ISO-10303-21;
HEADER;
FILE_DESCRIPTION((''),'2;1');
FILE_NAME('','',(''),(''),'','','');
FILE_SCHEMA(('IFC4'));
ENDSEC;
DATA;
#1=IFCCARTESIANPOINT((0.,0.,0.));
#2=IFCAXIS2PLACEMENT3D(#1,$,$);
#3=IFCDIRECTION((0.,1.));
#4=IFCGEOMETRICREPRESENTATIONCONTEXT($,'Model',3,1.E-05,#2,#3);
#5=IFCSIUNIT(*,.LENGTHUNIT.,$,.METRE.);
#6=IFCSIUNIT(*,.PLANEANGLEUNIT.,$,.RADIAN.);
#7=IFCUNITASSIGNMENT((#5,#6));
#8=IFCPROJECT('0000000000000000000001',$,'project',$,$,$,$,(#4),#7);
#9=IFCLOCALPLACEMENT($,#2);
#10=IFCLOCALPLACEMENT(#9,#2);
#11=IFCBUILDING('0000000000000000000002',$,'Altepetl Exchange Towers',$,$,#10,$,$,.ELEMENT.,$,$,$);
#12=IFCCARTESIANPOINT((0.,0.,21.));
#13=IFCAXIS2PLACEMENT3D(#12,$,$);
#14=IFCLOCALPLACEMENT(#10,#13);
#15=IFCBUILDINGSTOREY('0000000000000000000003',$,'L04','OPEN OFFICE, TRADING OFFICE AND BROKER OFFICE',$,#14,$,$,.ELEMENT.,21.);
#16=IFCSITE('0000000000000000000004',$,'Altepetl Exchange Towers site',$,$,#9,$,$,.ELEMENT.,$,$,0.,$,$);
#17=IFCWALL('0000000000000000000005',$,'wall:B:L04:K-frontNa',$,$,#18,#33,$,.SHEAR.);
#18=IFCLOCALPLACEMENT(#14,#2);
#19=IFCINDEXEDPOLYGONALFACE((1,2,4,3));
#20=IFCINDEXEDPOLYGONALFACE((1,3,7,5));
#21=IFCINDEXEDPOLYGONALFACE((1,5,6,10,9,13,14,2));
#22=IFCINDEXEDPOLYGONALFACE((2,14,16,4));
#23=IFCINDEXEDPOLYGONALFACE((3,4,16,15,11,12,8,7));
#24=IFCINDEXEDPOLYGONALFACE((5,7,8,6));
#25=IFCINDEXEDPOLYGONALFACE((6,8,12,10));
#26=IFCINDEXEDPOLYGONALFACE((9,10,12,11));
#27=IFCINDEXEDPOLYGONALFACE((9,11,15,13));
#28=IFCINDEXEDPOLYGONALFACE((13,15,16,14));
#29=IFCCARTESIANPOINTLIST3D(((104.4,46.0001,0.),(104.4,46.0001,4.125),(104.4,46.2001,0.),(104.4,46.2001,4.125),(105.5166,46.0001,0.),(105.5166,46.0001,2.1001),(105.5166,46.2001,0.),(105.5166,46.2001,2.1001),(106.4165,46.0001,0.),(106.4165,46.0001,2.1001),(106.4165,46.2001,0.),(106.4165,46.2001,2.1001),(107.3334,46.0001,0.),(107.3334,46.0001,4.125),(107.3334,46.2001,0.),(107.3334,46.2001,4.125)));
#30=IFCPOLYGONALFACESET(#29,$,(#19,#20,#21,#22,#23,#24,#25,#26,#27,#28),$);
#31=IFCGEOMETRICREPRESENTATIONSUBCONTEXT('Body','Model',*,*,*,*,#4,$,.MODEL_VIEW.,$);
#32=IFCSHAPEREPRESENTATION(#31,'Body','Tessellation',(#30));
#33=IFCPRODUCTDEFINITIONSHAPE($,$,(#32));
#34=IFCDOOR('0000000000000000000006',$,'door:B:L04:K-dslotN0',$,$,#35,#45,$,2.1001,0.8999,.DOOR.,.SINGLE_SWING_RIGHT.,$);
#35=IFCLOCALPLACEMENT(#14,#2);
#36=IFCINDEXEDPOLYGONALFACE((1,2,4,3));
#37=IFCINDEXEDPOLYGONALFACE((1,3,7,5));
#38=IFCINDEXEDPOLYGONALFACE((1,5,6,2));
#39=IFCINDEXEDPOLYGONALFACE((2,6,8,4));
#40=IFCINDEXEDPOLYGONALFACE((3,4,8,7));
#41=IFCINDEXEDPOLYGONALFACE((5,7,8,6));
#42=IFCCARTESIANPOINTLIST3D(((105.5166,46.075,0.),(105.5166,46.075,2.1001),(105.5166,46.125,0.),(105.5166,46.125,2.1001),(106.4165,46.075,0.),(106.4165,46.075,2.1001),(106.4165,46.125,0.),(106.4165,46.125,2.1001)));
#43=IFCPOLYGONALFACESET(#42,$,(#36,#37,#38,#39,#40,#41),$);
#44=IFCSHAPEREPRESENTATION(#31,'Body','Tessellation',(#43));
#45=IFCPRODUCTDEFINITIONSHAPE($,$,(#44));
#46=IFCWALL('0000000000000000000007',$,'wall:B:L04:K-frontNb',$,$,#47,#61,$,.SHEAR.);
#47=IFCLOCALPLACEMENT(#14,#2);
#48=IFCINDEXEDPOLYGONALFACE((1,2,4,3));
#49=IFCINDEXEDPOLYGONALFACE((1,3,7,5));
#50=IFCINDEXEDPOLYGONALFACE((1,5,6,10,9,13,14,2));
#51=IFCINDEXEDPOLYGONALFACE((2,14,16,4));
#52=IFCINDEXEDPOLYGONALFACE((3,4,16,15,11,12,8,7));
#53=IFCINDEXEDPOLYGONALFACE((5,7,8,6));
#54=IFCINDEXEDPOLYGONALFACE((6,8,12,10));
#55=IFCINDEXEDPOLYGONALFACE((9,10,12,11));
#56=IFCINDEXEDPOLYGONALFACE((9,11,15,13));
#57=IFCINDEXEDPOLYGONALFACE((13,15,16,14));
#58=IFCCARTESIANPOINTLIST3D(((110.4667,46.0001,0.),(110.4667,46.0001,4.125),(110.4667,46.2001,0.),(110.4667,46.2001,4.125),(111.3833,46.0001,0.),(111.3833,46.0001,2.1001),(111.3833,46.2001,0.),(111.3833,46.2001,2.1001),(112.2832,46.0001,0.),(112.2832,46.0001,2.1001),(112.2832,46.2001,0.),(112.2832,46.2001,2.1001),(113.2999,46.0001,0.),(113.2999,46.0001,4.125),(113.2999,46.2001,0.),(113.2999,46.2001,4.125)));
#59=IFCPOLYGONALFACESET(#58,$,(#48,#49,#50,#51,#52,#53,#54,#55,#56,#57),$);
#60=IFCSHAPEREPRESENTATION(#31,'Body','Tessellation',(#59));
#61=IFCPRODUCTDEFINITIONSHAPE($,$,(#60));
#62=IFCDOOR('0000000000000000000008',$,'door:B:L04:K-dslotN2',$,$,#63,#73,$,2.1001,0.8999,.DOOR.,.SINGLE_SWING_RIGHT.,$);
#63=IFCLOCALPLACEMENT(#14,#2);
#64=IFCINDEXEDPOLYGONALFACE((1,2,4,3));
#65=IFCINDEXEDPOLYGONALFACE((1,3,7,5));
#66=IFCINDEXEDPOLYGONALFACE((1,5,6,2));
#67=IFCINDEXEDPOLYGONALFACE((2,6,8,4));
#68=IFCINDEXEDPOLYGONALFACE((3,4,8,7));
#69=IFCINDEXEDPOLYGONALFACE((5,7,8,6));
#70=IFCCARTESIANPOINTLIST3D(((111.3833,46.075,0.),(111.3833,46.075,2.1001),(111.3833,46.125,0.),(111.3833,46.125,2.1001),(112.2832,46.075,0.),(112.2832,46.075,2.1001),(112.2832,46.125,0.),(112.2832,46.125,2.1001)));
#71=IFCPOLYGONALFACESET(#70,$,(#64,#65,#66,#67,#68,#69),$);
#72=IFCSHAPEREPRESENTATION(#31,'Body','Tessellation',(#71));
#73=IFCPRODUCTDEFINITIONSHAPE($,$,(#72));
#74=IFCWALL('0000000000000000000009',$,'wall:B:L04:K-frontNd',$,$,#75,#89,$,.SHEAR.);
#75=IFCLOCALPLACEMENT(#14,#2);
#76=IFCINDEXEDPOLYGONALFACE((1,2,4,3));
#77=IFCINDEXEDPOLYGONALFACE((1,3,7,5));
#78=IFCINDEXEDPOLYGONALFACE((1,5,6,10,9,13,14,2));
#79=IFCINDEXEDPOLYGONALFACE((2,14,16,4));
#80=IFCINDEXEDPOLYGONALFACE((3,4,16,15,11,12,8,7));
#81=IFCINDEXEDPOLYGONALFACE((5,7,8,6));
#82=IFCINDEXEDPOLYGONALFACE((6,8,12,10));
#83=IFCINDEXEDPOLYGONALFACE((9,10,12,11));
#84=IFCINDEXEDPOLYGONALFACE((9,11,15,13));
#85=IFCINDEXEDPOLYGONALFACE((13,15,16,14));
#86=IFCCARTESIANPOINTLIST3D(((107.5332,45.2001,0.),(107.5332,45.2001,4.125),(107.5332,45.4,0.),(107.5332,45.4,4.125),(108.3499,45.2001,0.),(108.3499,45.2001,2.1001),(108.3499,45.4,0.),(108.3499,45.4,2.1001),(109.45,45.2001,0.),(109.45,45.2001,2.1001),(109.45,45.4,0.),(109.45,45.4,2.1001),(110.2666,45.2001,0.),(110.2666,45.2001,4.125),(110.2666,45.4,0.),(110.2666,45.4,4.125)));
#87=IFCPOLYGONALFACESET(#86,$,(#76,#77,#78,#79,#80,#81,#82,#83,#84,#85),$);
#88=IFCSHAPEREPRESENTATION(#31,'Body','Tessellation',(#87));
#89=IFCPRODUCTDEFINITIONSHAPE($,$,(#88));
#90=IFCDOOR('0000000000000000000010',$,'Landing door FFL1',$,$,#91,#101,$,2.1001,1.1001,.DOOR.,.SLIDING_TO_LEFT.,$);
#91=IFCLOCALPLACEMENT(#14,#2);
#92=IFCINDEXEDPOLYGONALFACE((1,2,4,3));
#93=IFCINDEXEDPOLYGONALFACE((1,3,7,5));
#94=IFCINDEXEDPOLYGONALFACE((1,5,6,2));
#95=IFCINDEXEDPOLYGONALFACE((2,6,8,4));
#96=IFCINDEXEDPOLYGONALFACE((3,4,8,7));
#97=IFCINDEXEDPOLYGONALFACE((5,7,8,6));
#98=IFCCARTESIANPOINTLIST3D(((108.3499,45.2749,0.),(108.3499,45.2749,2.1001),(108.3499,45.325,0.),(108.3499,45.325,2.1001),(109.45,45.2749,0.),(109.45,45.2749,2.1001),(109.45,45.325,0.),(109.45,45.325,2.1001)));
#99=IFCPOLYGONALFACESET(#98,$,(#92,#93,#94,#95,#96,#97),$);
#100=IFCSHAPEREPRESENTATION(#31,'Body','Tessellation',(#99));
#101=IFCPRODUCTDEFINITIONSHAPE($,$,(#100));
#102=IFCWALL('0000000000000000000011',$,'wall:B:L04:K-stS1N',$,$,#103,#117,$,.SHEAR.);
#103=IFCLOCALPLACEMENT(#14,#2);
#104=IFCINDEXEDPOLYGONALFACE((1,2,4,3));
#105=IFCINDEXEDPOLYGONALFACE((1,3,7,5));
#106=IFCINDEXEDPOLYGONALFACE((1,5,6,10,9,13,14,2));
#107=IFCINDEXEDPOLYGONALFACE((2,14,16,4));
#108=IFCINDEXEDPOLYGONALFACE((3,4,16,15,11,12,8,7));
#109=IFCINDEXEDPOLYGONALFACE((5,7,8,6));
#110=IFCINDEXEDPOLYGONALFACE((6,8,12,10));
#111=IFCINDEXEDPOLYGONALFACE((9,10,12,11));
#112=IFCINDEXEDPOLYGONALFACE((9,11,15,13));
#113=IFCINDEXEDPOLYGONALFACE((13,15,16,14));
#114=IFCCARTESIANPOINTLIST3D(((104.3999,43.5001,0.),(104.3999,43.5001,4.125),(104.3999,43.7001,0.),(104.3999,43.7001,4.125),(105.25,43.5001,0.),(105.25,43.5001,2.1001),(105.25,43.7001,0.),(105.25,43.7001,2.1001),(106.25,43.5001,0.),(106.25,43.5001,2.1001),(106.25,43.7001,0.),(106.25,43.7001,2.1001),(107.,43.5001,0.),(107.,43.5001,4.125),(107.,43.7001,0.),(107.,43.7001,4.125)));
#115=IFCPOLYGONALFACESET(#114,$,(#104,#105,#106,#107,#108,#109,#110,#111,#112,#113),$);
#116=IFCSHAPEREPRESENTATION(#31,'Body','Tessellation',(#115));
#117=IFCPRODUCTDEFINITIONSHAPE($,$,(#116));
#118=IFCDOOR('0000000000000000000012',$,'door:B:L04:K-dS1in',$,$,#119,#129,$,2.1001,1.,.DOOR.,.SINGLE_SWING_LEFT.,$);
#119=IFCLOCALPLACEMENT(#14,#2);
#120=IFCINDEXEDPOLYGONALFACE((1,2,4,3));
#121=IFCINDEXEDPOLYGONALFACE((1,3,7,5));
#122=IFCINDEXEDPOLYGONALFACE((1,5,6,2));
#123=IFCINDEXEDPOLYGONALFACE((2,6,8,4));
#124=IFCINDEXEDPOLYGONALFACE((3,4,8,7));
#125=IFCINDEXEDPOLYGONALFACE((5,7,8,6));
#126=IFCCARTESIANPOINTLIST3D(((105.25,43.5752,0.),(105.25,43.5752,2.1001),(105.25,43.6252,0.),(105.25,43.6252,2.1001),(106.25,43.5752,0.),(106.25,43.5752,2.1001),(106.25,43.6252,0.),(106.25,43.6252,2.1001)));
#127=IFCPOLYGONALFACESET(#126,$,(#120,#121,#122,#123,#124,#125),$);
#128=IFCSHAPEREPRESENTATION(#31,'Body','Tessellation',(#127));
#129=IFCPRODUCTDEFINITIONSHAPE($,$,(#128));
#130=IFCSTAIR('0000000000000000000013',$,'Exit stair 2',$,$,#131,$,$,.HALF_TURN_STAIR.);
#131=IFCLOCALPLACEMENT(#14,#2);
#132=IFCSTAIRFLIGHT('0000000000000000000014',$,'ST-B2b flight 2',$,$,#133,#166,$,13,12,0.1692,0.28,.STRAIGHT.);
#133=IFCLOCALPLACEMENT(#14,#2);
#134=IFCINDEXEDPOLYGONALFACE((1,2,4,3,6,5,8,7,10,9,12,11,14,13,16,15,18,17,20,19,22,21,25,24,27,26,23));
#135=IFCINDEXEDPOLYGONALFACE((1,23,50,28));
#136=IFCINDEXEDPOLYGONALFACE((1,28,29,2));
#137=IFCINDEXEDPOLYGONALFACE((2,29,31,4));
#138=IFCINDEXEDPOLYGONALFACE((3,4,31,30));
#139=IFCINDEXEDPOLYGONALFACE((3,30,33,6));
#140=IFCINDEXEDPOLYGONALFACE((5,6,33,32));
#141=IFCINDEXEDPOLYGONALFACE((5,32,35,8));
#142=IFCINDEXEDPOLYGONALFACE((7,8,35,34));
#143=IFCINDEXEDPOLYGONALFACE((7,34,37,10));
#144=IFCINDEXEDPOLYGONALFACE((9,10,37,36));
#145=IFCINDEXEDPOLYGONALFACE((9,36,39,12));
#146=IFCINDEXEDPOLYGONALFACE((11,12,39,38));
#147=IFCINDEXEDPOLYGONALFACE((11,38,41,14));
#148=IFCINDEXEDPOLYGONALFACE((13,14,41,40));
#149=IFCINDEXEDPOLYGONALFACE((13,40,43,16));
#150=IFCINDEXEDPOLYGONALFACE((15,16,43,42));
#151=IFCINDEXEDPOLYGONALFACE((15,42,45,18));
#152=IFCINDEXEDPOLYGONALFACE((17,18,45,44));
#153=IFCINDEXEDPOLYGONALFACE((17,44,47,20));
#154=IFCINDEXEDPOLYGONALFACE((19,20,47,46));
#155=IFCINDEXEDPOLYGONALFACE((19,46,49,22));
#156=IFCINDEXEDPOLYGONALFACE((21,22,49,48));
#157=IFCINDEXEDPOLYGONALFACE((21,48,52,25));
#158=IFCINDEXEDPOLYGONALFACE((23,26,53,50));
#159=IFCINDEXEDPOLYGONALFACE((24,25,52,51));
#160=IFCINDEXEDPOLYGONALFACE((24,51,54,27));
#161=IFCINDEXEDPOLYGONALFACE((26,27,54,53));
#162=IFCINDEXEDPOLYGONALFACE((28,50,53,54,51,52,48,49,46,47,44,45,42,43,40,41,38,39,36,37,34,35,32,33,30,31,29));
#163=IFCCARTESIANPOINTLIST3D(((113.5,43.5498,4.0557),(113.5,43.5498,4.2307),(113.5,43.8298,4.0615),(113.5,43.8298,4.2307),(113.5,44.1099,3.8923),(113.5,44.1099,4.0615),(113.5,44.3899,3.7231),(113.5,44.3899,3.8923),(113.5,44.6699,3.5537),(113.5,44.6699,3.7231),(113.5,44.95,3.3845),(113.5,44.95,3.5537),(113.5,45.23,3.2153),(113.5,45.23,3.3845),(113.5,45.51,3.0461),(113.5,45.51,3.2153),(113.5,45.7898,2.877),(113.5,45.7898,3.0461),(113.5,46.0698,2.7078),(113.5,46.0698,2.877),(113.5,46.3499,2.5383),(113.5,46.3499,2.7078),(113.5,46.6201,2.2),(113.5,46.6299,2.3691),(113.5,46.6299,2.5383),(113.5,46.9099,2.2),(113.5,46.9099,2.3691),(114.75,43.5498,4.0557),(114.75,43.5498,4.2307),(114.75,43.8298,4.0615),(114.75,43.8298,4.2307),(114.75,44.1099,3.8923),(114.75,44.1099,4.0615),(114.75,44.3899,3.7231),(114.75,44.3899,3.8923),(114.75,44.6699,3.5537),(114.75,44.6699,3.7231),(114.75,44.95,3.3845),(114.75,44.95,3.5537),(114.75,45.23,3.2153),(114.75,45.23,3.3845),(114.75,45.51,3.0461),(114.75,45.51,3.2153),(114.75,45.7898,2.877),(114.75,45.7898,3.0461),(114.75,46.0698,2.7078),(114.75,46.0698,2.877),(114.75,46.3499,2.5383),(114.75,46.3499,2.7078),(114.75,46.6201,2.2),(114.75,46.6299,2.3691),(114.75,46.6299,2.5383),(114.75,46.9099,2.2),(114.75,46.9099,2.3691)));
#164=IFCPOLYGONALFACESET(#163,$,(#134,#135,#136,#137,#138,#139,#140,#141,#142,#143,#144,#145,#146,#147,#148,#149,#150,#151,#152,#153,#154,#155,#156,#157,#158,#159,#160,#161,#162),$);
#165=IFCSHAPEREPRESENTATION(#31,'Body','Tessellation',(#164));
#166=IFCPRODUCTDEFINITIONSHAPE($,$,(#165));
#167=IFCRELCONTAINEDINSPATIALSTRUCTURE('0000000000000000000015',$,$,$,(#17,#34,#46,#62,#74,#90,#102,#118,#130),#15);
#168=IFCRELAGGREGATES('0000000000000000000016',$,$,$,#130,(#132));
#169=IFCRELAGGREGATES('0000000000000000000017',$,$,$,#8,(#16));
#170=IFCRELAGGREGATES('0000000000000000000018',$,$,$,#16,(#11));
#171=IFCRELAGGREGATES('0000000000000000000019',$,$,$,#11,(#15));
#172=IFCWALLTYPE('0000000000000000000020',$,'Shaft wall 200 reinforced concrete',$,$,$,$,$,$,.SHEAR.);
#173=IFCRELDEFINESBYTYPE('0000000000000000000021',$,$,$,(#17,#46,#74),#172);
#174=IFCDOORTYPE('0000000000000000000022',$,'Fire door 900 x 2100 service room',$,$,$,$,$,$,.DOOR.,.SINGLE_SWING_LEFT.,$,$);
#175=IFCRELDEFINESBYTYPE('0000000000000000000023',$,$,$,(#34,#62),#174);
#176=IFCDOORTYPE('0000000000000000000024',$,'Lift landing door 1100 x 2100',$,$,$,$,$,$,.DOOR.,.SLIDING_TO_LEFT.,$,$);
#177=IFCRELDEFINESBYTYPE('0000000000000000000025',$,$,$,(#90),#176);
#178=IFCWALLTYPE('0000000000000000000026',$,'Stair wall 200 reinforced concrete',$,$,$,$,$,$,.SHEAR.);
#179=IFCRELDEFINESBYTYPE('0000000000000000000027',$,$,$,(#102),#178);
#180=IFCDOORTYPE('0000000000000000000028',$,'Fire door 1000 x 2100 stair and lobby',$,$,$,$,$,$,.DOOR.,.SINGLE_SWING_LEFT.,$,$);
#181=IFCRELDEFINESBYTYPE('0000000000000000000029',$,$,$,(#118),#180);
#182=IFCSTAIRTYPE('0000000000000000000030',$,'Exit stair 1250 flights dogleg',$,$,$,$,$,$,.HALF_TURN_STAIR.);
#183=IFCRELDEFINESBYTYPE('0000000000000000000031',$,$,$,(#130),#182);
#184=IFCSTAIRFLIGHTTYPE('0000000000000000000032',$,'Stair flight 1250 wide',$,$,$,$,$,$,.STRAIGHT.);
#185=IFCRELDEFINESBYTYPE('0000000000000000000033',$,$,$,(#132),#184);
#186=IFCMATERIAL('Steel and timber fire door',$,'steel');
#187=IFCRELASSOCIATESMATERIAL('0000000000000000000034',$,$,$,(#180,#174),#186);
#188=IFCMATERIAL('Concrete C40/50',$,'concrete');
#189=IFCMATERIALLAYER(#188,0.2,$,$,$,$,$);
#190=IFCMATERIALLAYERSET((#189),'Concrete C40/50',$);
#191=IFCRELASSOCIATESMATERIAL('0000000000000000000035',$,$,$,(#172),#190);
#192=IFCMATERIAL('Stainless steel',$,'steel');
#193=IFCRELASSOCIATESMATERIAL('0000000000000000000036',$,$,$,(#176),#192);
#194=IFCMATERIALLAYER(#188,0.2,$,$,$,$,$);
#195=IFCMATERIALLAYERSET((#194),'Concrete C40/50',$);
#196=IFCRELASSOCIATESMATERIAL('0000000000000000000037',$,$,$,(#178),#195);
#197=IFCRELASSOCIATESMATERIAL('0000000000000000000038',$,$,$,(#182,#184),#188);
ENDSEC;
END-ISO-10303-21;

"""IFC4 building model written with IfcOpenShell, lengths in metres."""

from ifc_helpers import new_model, si_unit, direction, frame, frame_2d, origin, place, context, subcontext, project, spatial, polyline, rectangle, outline, extrude, material, layer, layer_set, type_object, element, fill, aggregate, save


model = new_model("IFC4")

# Units and contexts
model_context = context("Model", 3, precision=1e-05, world=origin(), true_north=direction((0.0, 1.0)))
body_context = subcontext(model_context, "Body", "Model", "MODEL_VIEW")
ifc_project = project(units=[si_unit("LENGTHUNIT", "METRE"), si_unit("PLANEANGLEUNIT", "RADIAN")], contexts=[model_context])

# Site, building, storey
site_placement = place(None, origin())
site = spatial("IfcSite", under=ifc_project, at=site_placement, Name="Altepetl Exchange Towers site", CompositionType="ELEMENT", RefElevation=0.0)
building_placement = place(site_placement, origin())
building = spatial("IfcBuilding", under=site, at=building_placement, Name="Altepetl Exchange Towers", CompositionType="ELEMENT")
storey_placement = place(building_placement, frame((0.0, 0.0, 21.0)))
storey = spatial("IfcBuildingStorey", under=building, at=storey_placement, Name="L04", Description="OPEN OFFICE, TRADING OFFICE AND BROKER OFFICE", CompositionType="ELEMENT", Elevation=21.0)

# Shared definitions
ifc_material_1 = material(Name="Steel and timber fire door", Category="steel")
door_type_1 = type_object("IfcDoorType", Name="Fire door 1000 x 2100 stair and lobby", OperationType="SINGLE_SWING_LEFT", PredefinedType="DOOR", material=ifc_material_1)
door_type_2 = type_object("IfcDoorType", Name="Fire door 900 x 2100 service room", OperationType="SINGLE_SWING_LEFT", PredefinedType="DOOR", material=ifc_material_1)

# Shared definitions
ifc_material_2 = material(Name="Concrete C40/50", Category="concrete")
ifc_layer_1 = layer(ifc_material_2, 0.2)
ifc_layer_set_1 = layer_set([ifc_layer_1], Name="Concrete C40/50")
wall_type_1 = type_object("IfcWallType", Name="Shaft wall 200 reinforced concrete", PredefinedType="SHEAR", material=ifc_layer_set_1)

# Walls, openings, doors
wall_1_placement = place(storey_placement, frame((104.3999, 46.1001, 0.0)))
wall_1 = element("IfcWall", 1, at=wall_1_placement, inside=storey, type_object=wall_type_1, Name="wall:B:L04:K-frontNa", PredefinedType="SHEAR", context=body_context, shape_type="SweptSolid", body=[
    extrude(rectangle(XDim=2.9333, YDim=0.2, at=frame_2d((1.4668, 0.0))), origin(), (0.0, 0.0, 1.0), 4.125),
])
opening_1_placement = place(wall_1_placement, frame((1.1167, 0.0, 0.0)))
opening_1 = element("IfcOpeningElement", 2, at=opening_1_placement, cuts=wall_1, PredefinedType="OPENING", context=body_context, shape_type="SweptSolid", body=[
    extrude(rectangle(XDim=0.8999, YDim=2.1001, at=frame_2d((0.45, 1.05))), frame((0.0, 0.1099, 0.0), z_axis=(0.0, -1.0, 0.0), x_axis=(1.0, 0.0, 0.0)), (0.0, 0.0, 1.0), 0.22),
])
door_1_placement = place(opening_1_placement, origin())
door_1 = element("IfcDoor", 3, at=door_1_placement, inside=storey, type_object=door_type_2, Name="door:B:L04:K-dslotN0", OperationType="SINGLE_SWING_RIGHT", OverallHeight=2.1001, OverallWidth=0.8999, PredefinedType="DOOR", context=body_context, shape_type="SweptSolid", body=[
    extrude(rectangle(XDim=0.8999, YDim=2.1001, at=frame_2d((0.45, 1.05))), frame((0.0, 0.0249, 0.0), z_axis=(0.0, -1.0, 0.0), x_axis=(1.0, 0.0, 0.0)), (0.0, 0.0, 1.0), 0.05),
])
fill(opening_1, door_1)
wall_2_placement = place(storey_placement, frame((110.4668, 46.1001, 0.0)))
wall_2 = element("IfcWall", 4, at=wall_2_placement, inside=storey, type_object=wall_type_1, Name="wall:B:L04:K-frontNb", PredefinedType="SHEAR", context=body_context, shape_type="SweptSolid", body=[
    extrude(rectangle(XDim=2.8333, YDim=0.2, at=frame_2d((1.4165, 0.0))), origin(), (0.0, 0.0, 1.0), 4.125),
])
opening_2_placement = place(wall_2_placement, frame((0.9165, 0.0, 0.0)))
opening_2 = element("IfcOpeningElement", 5, at=opening_2_placement, cuts=wall_2, PredefinedType="OPENING", context=body_context, shape_type="SweptSolid", body=[
    extrude(rectangle(XDim=0.8999, YDim=2.1001, at=frame_2d((0.45, 1.05))), frame((0.0, 0.1099, 0.0), z_axis=(0.0, -1.0, 0.0), x_axis=(1.0, 0.0, 0.0)), (0.0, 0.0, 1.0), 0.22),
])
door_2_placement = place(opening_2_placement, origin())
door_2 = element("IfcDoor", 6, at=door_2_placement, inside=storey, type_object=door_type_2, Name="door:B:L04:K-dslotN2", OperationType="SINGLE_SWING_RIGHT", OverallHeight=2.1001, OverallWidth=0.8999, PredefinedType="DOOR", context=body_context, shape_type="SweptSolid", body=[
    extrude(rectangle(XDim=0.8999, YDim=2.1001, at=frame_2d((0.45, 1.05))), frame((0.0, 0.0249, 0.0), z_axis=(0.0, -1.0, 0.0), x_axis=(1.0, 0.0, 0.0)), (0.0, 0.0, 1.0), 0.05),
])
fill(opening_2, door_2)
wall_3_placement = place(storey_placement, frame((107.5332, 45.3, 0.0)))
wall_3 = element("IfcWall", 7, at=wall_3_placement, inside=storey, type_object=wall_type_1, Name="wall:B:L04:K-frontNd", PredefinedType="SHEAR", context=body_context, shape_type="SweptSolid", body=[
    extrude(rectangle(XDim=2.7334, YDim=0.2, at=frame_2d((1.3667, 0.0))), origin(), (0.0, 0.0, 1.0), 4.125),
])
opening_3_placement = place(wall_3_placement, frame((0.8167, 0.0, 0.0)))
opening_3 = element("IfcOpeningElement", 8, at=opening_3_placement, cuts=wall_3, PredefinedType="OPENING", context=body_context, shape_type="SweptSolid", body=[
    extrude(rectangle(XDim=1.1001, YDim=2.1001, at=frame_2d((0.55, 1.05))), frame((0.0, 0.1099, 0.0), z_axis=(0.0, -1.0, 0.0), x_axis=(1.0, 0.0, 0.0)), (0.0, 0.0, 1.0), 0.22),
])
ifc_material_3 = material(Name="Stainless steel", Category="steel")
door_type_3 = type_object("IfcDoorType", Name="Lift landing door 1100 x 2100", OperationType="SLIDING_TO_LEFT", PredefinedType="DOOR", material=ifc_material_3)
door_3_placement = place(opening_3_placement, origin())
door_3 = element("IfcDoor", 9, at=door_3_placement, inside=storey, type_object=door_type_3, Name="Landing door FFL1", OperationType="SLIDING_TO_LEFT", OverallHeight=2.1001, OverallWidth=1.1001, PredefinedType="DOOR", context=body_context, shape_type="SweptSolid", body=[
    extrude(rectangle(XDim=1.1001, YDim=2.1001, at=frame_2d((0.55, 1.05))), frame((0.0, 0.0249, 0.0), z_axis=(0.0, -1.0, 0.0), x_axis=(1.0, 0.0, 0.0)), (0.0, 0.0, 1.0), 0.05),
])
fill(opening_3, door_3)
ifc_layer_2 = layer(ifc_material_2, 0.2)
ifc_layer_set_2 = layer_set([ifc_layer_2], Name="Concrete C40/50")
wall_type_2 = type_object("IfcWallType", Name="Stair wall 200 reinforced concrete", PredefinedType="SHEAR", material=ifc_layer_set_2)
wall_4_placement = place(storey_placement, frame((104.3999, 43.6001, 0.0)))
wall_4 = element("IfcWall", 10, at=wall_4_placement, inside=storey, type_object=wall_type_2, Name="wall:B:L04:K-stS1N", PredefinedType="SHEAR", context=body_context, shape_type="SweptSolid", body=[
    extrude(rectangle(XDim=2.6001, YDim=0.2, at=frame_2d((1.3, 0.0))), origin(), (0.0, 0.0, 1.0), 4.125),
])
opening_4_placement = place(wall_4_placement, frame((0.8501, 0.0, 0.0)))
opening_4 = element("IfcOpeningElement", 11, at=opening_4_placement, cuts=wall_4, PredefinedType="OPENING", context=body_context, shape_type="SweptSolid", body=[
    extrude(rectangle(XDim=1.0, YDim=2.1001, at=frame_2d((0.5, 1.05))), frame((0.0, 0.1099, 0.0), z_axis=(0.0, -1.0, 0.0), x_axis=(1.0, 0.0, 0.0)), (0.0, 0.0, 1.0), 0.22),
])
door_4_placement = place(opening_4_placement, frame((1.0, 0.0, 0.0), x_axis=(-1.0, 0.0, 0.0)))
door_4 = element("IfcDoor", 12, at=door_4_placement, inside=storey, type_object=door_type_1, Name="door:B:L04:K-dS1in", OperationType="SINGLE_SWING_LEFT", OverallHeight=2.1001, OverallWidth=1.0, PredefinedType="DOOR", context=body_context, shape_type="SweptSolid", body=[
    extrude(rectangle(XDim=1.0, YDim=2.1001, at=frame_2d((0.5, 1.05))), frame((0.0, 0.0249, 0.0), z_axis=(0.0, -1.0, 0.0), x_axis=(1.0, 0.0, 0.0)), (0.0, 0.0, 1.0), 0.05),
])
fill(opening_4, door_4)

# Stair, stair flight
stair_type = type_object("IfcStairType", Name="Exit stair 1250 flights dogleg", PredefinedType="HALF_TURN_STAIR", material=ifc_material_2)
stair_placement = place(storey_placement, origin())
stair = element("IfcStair", 13, at=stair_placement, inside=storey, type_object=stair_type, Name="Exit stair 2", PredefinedType="HALF_TURN_STAIR")
stair_flight_type = type_object("IfcStairFlightType", Name="Stair flight 1250 wide", PredefinedType="STRAIGHT", material=ifc_material_2)
stair_flight_placement = place(storey_placement, frame((114.125, 46.9099, 2.2), z_axis=(0.0, 0.0, 1.0), x_axis=(0.0, -1.0, 0.0)))
stair_flight = element("IfcStairFlight", 14, at=stair_flight_placement, type_object=stair_flight_type, Name="ST-B2b flight 2", NumberOfRisers=13, NumberOfTreads=12, PredefinedType="STRAIGHT", RiserHeight=0.1692, TreadLength=0.28, context=body_context, shape_type="SweptSolid", body=[
    extrude(outline(polyline([(0.0, 0.0), (0.0, 0.1692), (0.28, 0.1692), (0.28, 0.3384), (0.5601, 0.3384), (0.5601, 0.5078), (0.8401, 0.5078), (0.8401, 0.677), (1.1201, 0.677), (1.1201, 0.8462), (1.3999, 0.8462), (1.3999, 1.0154), (1.6799, 1.0154), (1.6799, 1.1846), (1.96, 1.1846), (1.96, 1.3538), (2.24, 1.3538), (2.24, 1.5232), (2.52, 1.5232), (2.52, 1.6924), (2.8, 1.6924), (2.8, 1.8616), (3.0801, 1.8616), (3.0801, 2.0308), (3.3601, 2.0308), (3.3601, 2.2), (3.3601, 1.8557), (0.2898, 0.0), (0.0, 0.0)])), frame((0.0, 0.625, 0.0), z_axis=(0.0, -1.0, 0.0), x_axis=(1.0, 0.0, 0.0)), (0.0, 0.0, 1.0), 1.25),
])
aggregate(stair, [stair_flight])

save(model, "model.ifc")
